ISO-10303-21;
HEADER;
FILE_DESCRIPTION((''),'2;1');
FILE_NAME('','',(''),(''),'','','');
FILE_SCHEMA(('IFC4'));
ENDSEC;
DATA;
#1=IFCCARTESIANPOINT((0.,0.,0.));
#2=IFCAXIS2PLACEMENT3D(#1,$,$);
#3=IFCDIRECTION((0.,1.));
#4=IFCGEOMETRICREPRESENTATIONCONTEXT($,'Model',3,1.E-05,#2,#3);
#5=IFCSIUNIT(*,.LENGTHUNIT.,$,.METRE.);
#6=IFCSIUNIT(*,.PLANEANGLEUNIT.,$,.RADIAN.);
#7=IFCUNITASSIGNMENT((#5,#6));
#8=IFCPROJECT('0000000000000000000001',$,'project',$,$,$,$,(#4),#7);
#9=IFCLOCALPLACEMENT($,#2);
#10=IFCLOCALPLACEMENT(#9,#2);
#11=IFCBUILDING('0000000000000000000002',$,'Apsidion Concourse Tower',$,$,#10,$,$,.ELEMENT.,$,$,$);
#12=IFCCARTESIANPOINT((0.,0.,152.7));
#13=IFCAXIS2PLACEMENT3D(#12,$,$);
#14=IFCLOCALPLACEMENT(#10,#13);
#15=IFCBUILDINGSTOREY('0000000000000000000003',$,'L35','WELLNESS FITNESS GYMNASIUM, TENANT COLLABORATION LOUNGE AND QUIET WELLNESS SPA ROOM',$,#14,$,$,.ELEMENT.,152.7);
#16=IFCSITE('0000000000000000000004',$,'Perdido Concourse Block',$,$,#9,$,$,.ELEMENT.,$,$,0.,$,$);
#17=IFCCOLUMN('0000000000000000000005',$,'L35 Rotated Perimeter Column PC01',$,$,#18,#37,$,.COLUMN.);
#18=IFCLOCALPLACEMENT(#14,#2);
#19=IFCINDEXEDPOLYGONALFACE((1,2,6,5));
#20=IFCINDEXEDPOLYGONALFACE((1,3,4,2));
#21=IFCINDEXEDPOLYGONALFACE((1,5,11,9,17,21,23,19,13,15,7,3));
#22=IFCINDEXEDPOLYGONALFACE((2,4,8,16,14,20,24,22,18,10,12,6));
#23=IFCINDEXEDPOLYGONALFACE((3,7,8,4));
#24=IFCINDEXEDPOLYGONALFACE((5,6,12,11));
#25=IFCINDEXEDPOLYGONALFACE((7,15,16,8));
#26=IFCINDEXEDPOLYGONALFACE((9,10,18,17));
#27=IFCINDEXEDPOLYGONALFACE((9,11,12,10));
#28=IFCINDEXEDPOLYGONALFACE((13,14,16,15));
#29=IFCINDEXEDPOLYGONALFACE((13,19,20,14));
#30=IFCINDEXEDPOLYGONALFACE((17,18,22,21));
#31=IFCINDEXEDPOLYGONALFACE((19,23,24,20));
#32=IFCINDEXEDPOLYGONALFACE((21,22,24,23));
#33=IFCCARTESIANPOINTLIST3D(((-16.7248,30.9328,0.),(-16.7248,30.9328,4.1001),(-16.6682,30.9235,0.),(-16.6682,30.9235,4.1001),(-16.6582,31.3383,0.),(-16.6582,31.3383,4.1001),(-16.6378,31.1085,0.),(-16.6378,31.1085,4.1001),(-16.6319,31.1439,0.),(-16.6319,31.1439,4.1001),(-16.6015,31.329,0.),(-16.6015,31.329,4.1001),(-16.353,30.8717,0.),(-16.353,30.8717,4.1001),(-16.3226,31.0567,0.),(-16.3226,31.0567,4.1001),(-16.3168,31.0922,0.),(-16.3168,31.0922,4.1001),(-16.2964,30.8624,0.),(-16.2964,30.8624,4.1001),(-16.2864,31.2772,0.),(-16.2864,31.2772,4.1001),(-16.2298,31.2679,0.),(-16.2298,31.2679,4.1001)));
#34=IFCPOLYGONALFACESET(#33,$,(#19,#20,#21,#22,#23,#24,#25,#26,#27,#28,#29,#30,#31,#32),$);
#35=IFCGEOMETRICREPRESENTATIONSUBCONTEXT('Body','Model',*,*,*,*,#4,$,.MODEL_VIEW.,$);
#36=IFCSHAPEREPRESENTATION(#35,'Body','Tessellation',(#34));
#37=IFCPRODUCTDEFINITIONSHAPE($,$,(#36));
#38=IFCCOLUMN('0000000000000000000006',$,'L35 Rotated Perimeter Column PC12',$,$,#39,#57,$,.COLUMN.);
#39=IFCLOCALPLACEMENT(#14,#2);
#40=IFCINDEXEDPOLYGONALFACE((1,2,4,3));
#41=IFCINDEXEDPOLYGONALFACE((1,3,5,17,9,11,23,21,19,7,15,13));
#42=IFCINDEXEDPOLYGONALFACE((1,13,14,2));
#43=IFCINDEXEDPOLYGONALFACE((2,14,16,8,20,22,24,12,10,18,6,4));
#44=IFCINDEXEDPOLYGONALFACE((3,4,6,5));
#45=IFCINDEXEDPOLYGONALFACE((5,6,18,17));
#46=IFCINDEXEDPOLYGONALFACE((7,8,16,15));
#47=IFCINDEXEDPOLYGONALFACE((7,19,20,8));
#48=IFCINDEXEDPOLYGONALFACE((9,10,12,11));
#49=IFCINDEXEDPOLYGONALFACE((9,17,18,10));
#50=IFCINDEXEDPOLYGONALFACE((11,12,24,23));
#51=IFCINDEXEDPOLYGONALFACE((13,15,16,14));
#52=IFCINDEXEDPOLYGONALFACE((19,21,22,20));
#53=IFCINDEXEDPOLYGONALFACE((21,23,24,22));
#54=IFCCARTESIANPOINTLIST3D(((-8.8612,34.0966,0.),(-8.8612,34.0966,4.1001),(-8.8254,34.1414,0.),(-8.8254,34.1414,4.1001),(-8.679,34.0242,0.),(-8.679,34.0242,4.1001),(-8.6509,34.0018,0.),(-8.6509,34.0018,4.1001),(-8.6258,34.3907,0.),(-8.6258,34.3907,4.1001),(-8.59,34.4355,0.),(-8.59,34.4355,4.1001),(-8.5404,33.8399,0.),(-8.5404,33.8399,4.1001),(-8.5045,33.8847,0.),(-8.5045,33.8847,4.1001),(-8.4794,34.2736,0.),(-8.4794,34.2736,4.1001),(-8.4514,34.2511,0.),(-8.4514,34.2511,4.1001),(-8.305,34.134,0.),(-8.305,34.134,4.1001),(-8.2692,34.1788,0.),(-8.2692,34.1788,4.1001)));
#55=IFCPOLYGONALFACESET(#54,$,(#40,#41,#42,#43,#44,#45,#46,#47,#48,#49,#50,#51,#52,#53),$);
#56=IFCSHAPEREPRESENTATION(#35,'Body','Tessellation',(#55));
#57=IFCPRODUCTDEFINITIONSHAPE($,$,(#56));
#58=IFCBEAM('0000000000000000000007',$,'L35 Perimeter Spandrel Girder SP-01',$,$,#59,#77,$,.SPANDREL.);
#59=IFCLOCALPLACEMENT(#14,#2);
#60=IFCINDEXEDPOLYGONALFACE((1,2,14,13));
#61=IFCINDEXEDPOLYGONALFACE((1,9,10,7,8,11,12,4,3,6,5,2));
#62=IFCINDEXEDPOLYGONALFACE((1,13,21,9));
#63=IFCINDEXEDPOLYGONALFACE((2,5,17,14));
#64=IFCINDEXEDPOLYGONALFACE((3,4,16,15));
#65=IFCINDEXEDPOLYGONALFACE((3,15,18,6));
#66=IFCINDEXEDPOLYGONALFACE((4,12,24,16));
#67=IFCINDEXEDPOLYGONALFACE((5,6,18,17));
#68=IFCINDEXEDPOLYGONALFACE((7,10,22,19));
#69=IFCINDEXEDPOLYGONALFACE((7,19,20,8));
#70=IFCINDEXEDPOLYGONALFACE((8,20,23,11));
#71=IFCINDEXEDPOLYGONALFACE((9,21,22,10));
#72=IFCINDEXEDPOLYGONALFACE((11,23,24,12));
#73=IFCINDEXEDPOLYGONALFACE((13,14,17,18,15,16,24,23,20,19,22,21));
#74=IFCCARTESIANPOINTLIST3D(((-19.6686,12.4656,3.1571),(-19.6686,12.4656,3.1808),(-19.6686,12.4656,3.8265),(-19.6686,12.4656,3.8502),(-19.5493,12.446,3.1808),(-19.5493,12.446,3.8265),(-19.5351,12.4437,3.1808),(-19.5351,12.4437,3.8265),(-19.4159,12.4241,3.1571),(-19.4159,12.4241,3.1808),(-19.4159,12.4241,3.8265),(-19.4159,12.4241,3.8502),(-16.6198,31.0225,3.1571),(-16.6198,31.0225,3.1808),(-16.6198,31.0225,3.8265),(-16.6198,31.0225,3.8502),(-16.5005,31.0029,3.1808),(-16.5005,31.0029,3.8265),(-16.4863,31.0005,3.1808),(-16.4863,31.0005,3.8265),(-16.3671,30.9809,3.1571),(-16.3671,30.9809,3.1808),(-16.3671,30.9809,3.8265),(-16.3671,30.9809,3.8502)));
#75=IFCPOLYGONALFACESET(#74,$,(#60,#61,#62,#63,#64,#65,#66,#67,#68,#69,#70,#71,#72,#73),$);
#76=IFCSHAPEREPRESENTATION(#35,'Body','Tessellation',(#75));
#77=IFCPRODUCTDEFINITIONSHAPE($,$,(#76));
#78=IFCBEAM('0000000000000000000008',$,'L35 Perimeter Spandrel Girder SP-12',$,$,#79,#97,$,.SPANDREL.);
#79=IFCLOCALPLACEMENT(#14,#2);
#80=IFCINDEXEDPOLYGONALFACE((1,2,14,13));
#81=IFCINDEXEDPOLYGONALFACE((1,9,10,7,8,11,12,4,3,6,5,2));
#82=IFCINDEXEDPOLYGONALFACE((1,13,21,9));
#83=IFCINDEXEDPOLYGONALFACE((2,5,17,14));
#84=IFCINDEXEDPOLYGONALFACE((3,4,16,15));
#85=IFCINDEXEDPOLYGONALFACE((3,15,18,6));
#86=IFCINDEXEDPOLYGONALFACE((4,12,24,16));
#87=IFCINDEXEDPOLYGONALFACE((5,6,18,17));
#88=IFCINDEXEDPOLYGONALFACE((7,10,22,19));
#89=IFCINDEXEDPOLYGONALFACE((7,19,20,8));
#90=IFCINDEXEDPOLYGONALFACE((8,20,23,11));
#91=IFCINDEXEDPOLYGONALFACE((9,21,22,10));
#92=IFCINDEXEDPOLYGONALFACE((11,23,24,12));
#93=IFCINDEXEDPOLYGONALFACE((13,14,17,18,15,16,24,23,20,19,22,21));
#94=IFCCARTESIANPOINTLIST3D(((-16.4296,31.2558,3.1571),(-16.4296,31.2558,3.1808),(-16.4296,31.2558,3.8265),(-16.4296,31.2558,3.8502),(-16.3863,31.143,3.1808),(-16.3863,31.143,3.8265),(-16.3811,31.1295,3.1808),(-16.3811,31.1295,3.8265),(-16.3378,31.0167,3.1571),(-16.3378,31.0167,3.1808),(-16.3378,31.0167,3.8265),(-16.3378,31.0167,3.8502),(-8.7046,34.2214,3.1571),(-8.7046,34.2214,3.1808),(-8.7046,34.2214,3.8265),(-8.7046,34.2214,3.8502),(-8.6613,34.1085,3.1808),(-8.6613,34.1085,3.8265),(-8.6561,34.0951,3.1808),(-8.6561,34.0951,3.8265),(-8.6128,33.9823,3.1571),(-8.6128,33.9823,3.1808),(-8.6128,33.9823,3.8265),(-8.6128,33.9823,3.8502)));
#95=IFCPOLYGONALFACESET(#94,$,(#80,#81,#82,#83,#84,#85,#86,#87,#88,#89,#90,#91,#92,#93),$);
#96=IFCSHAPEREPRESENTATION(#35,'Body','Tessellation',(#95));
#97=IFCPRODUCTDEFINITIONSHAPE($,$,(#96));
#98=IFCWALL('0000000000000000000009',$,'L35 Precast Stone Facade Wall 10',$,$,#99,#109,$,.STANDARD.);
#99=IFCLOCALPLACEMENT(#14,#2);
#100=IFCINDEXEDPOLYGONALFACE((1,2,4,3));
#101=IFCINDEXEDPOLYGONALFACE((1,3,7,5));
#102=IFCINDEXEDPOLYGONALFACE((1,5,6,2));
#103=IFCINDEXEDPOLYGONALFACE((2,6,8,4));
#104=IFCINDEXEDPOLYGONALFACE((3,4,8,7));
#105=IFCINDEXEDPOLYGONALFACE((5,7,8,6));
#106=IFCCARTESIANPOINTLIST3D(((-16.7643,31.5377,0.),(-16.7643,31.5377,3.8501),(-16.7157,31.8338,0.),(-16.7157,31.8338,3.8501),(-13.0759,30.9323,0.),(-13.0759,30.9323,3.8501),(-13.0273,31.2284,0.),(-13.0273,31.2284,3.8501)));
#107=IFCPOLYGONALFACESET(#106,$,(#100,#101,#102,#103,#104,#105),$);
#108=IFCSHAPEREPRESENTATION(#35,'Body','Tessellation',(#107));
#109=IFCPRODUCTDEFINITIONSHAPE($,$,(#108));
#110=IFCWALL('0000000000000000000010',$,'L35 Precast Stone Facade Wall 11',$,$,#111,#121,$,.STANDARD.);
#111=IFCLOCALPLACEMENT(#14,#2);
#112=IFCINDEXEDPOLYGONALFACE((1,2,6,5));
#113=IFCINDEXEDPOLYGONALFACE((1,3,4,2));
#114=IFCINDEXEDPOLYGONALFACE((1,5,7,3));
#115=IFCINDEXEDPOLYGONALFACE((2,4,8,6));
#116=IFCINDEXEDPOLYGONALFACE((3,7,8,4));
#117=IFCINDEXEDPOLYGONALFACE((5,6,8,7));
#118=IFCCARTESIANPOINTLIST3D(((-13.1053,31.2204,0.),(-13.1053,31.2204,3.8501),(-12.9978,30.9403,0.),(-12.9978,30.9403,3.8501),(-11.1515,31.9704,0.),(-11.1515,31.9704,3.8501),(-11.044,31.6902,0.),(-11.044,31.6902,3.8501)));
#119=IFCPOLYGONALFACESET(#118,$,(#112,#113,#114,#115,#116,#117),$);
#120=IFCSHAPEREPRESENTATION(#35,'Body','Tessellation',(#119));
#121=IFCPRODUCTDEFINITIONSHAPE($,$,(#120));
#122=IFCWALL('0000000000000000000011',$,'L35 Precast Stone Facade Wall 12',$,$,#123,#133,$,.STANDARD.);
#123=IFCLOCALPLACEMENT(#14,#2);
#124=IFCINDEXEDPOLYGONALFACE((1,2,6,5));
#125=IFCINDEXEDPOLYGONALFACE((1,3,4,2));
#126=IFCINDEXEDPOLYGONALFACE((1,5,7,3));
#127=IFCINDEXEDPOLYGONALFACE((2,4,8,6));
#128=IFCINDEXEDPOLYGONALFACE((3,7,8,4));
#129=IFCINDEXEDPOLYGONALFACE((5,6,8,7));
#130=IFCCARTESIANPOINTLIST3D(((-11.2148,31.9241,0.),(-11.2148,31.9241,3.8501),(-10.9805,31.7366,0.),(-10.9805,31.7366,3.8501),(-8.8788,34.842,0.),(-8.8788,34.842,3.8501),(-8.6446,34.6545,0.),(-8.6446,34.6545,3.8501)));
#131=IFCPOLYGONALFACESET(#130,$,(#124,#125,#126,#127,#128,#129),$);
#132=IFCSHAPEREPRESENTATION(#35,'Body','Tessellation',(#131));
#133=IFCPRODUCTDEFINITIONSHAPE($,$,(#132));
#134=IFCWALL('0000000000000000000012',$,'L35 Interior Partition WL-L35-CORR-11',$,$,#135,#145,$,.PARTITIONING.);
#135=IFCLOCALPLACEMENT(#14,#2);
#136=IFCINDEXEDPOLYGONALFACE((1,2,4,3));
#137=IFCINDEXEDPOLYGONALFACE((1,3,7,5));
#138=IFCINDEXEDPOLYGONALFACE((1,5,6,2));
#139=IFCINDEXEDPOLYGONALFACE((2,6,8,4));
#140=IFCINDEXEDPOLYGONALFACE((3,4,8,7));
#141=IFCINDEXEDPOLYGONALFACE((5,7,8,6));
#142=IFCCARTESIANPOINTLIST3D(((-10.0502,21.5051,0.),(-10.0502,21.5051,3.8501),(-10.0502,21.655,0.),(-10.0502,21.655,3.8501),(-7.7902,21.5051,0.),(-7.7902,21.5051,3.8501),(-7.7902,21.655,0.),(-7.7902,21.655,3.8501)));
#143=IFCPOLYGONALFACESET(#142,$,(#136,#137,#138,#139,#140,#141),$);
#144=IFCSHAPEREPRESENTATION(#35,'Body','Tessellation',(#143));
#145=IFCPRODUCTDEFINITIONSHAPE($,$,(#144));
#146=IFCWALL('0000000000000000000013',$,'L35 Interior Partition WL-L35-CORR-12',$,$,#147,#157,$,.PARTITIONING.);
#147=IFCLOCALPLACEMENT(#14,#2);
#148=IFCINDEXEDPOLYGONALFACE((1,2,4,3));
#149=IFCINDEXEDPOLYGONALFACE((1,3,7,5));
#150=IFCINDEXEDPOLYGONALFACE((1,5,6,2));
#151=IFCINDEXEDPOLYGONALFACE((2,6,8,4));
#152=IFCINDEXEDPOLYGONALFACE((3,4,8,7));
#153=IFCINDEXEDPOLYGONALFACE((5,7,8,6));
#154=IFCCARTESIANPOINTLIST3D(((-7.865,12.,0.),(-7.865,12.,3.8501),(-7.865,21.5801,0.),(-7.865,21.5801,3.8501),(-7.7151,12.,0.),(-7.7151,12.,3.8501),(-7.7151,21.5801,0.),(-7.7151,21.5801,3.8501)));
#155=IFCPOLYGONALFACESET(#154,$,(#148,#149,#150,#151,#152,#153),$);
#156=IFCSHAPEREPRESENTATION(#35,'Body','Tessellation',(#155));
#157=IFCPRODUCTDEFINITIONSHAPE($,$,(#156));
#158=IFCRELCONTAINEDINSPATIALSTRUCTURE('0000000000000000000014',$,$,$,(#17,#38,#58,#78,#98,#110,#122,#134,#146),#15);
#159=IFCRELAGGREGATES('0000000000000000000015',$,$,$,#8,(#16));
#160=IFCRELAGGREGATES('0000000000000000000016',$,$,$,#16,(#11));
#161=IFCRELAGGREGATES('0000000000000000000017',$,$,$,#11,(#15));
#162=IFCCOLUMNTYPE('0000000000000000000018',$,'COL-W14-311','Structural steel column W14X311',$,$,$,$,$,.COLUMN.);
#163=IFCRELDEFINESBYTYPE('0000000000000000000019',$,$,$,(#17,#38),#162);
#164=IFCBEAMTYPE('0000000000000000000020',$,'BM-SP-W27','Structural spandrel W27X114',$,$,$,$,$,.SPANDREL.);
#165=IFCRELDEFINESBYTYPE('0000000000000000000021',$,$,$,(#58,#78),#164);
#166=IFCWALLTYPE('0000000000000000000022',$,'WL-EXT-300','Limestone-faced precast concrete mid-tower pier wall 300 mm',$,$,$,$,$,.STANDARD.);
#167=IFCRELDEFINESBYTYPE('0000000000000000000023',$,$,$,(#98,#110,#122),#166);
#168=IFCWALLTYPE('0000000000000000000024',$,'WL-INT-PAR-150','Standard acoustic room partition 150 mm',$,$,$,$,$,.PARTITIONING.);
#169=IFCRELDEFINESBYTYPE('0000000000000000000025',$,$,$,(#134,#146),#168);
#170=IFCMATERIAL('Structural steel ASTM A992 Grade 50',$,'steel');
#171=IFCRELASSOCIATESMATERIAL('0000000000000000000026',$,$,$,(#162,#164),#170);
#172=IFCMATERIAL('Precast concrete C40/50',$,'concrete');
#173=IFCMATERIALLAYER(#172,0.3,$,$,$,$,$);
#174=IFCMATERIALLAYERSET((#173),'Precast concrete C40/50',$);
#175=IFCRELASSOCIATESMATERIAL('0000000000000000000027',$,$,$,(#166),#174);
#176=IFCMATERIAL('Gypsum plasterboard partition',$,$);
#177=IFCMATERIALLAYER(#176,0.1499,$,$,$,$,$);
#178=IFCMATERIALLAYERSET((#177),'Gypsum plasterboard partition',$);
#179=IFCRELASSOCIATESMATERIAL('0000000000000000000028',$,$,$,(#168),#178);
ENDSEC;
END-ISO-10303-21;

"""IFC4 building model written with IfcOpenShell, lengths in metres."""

from ifc_helpers import new_model, si_unit, direction, frame, frame_2d, origin, origin_2d, place, context, subcontext, project, spatial, rectangle, i_section, extrude, material, layer, layer_set, material_profile, profile_set, type_object, element, save


model = new_model("IFC4")

# Units and contexts
model_context = context("Model", 3, precision=1e-05, world=origin(), true_north=direction((0.0, 1.0)))
body_context = subcontext(model_context, "Body", "Model", "MODEL_VIEW")
ifc_project = project(units=[si_unit("LENGTHUNIT", "METRE"), si_unit("PLANEANGLEUNIT", "RADIAN")], contexts=[model_context])

# Site, building, storey
site_placement = place(None, origin())
site = spatial("IfcSite", under=ifc_project, at=site_placement, Name="Perdido Concourse Block", CompositionType="ELEMENT", RefElevation=0.0)
building_placement = place(site_placement, origin())
building = spatial("IfcBuilding", under=site, at=building_placement, Name="Apsidion Concourse Tower", CompositionType="ELEMENT")
storey_placement = place(building_placement, frame((0.0, 0.0, 152.7)))
storey = spatial("IfcBuildingStorey", under=building, at=storey_placement, Name="L35", Description="WELLNESS FITNESS GYMNASIUM, TENANT COLLABORATION LOUNGE AND QUIET WELLNESS SPA ROOM", CompositionType="ELEMENT", Elevation=152.7)

# Columns
ifc_material_1 = material(Name="Structural steel ASTM A992 Grade 50", Category="steel")
ifc_material_profile_1 = material_profile(ifc_material_1, i_section(OverallWidth=0.4109, OverallDepth=0.4341, WebThickness=0.0359, FlangeThickness=0.0574, at=origin_2d()), Name="W14X311")
ifc_profile_set_1 = profile_set([ifc_material_profile_1], Name="Structural steel ASTM A992 Grade 50")
column_type = type_object("IfcColumnType", Name="COL-W14-311", Description="Structural steel column W14X311", PredefinedType="COLUMN", material=ifc_profile_set_1)
for number, where, z_axis, x_axis, name in (
    (1, (-16.4773, 31.1003, 0.0), (0.0, 0.0, 1.0), (0.162121, 0.986771, 0.0), "L35 Rotated Perimeter Column PC01"),
    (2, (-8.5652, 34.1377, 0.0), (0.0, 0.0, 1.0), (-0.780758, 0.624834, 0.0), "L35 Rotated Perimeter Column PC12"),
):
    element("IfcColumn", number, at=place(storey_placement, frame(where, z_axis=z_axis, x_axis=x_axis)), inside=storey, type_object=column_type, Name=name, PredefinedType="COLUMN", context=body_context, shape_type="SweptSolid", body=[
        extrude(i_section(OverallWidth=0.4109, OverallDepth=0.4341, WebThickness=0.0359, FlangeThickness=0.0574, at=origin_2d()), origin(), (0.0, 0.0, 1.0), 4.1001),
    ])

# Beams
ifc_material_profile_2 = material_profile(ifc_material_1, i_section(OverallWidth=0.2561, OverallDepth=0.6931, WebThickness=0.0144, FlangeThickness=0.0237, at=origin_2d()), Name="W27X114")
ifc_profile_set_2 = profile_set([ifc_material_profile_2], Name="Structural steel ASTM A992 Grade 50")
beam_type = type_object("IfcBeamType", Name="BM-SP-W27", Description="Structural spandrel W27X114", PredefinedType="SPANDREL", material=ifc_profile_set_2)
beam_1_placement = place(storey_placement, frame((-16.4934, 31.0017, 3.5037), z_axis=(-0.162123, -0.986771, 0.0), x_axis=(0.986771, -0.162123, 0.0)))
element("IfcBeam", 3, at=beam_1_placement, inside=storey, type_object=beam_type, Name="L35 Perimeter Spandrel Girder SP-01", PredefinedType="SPANDREL", context=body_context, shape_type="SweptSolid", body=[
    extrude(i_section(OverallWidth=0.2561, OverallDepth=0.6931, WebThickness=0.0144, FlangeThickness=0.0237, at=origin_2d()), origin(), (0.0, 0.0, 1.0), 18.8057),
])
beam_2_placement = place(storey_placement, frame((-8.6587, 34.1018, 3.5037), z_axis=(-0.933573, -0.358388, 0.0), x_axis=(0.358388, -0.933573, 0.0)))
element("IfcBeam", 4, at=beam_2_placement, inside=storey, type_object=beam_type, Name="L35 Perimeter Spandrel Girder SP-12", PredefinedType="SPANDREL", context=body_context, shape_type="SweptSolid", body=[
    extrude(i_section(OverallWidth=0.2561, OverallDepth=0.6931, WebThickness=0.0144, FlangeThickness=0.0237, at=origin_2d()), origin(), (0.0, 0.0, 1.0), 8.2747),
])

# Shared definitions
ifc_material_2 = material(Name="Precast concrete C40/50", Category="concrete")
ifc_layer_1 = layer(ifc_material_2, 0.3)
ifc_layer_set_1 = layer_set([ifc_layer_1], Name="Precast concrete C40/50")
wall_type_1 = type_object("IfcWallType", Name="WL-EXT-300", Description="Limestone-faced precast concrete mid-tower pier wall 300 mm", PredefinedType="STANDARD", material=ifc_layer_set_1)

# Walls
wall_1_placement = place(storey_placement, frame((-16.74, 31.6858, 0.0), z_axis=(0.0, 0.0, 1.0), x_axis=(0.986793, -0.161984, 0.0)))
element("IfcWall", 5, at=wall_1_placement, inside=storey, type_object=wall_type_1, Name="L35 Precast Stone Facade Wall 10", PredefinedType="STANDARD", context=body_context, shape_type="SweptSolid", body=[
    extrude(rectangle(XDim=3.7378, YDim=0.3, at=frame_2d((1.8689, 0.0))), origin(), (0.0, 0.0, 1.0), 3.8501),
])
wall_2_placement = place(storey_placement, frame((-13.0515, 31.0803, 0.0), z_axis=(0.0, 0.0, 1.0), x_axis=(0.933583, 0.358361, 0.0)))
element("IfcWall", 6, at=wall_2_placement, inside=storey, type_object=wall_type_1, Name="L35 Precast Stone Facade Wall 11", PredefinedType="STANDARD", context=body_context, shape_type="SweptSolid", body=[
    extrude(rectangle(XDim=2.0928, YDim=0.3, at=frame_2d((1.0464, 0.0))), origin(), (0.0, 0.0, 1.0), 3.8501),
])
wall_3_placement = place(storey_placement, frame((-11.0977, 31.8303, 0.0), z_axis=(0.0, 0.0, 1.0), x_axis=(0.62495, 0.780665, 0.0)))
element("IfcWall", 7, at=wall_3_placement, inside=storey, type_object=wall_type_1, Name="L35 Precast Stone Facade Wall 12", PredefinedType="STANDARD", context=body_context, shape_type="SweptSolid", body=[
    extrude(rectangle(XDim=3.7378, YDim=0.3, at=frame_2d((1.8689, 0.0))), origin(), (0.0, 0.0, 1.0), 3.8501),
])
ifc_material_3 = material(Name="Gypsum plasterboard partition")
ifc_layer_2 = layer(ifc_material_3, 0.1499)
ifc_layer_set_2 = layer_set([ifc_layer_2], Name="Gypsum plasterboard partition")
wall_type_2 = type_object("IfcWallType", Name="WL-INT-PAR-150", Description="Standard acoustic room partition 150 mm", PredefinedType="PARTITIONING", material=ifc_layer_set_2)
wall_4_placement = place(storey_placement, frame((-10.05, 21.5801, 0.0), z_axis=(0.0, 0.0, 1.0), x_axis=(1.0, 0.0, 0.0)))
element("IfcWall", 8, at=wall_4_placement, inside=storey, type_object=wall_type_2, Name="L35 Interior Partition WL-L35-CORR-11", PredefinedType="PARTITIONING", context=body_context, shape_type="SweptSolid", body=[
    extrude(rectangle(XDim=2.26, YDim=0.1499, at=frame_2d((1.1299, 0.0))), origin(), (0.0, 0.0, 1.0), 3.8501),
])
wall_5_placement = place(storey_placement, frame((-7.79, 21.5801, 0.0), z_axis=(0.0, 0.0, 1.0), x_axis=(0.0, -1.0, 0.0)))
element("IfcWall", 9, at=wall_5_placement, inside=storey, type_object=wall_type_2, Name="L35 Interior Partition WL-L35-CORR-12", PredefinedType="PARTITIONING", context=body_context, shape_type="SweptSolid", body=[
    extrude(rectangle(XDim=9.5801, YDim=0.1499, at=frame_2d((4.79, 0.0))), origin(), (0.0, 0.0, 1.0), 3.8501),
])

save(model, "model.ifc")
